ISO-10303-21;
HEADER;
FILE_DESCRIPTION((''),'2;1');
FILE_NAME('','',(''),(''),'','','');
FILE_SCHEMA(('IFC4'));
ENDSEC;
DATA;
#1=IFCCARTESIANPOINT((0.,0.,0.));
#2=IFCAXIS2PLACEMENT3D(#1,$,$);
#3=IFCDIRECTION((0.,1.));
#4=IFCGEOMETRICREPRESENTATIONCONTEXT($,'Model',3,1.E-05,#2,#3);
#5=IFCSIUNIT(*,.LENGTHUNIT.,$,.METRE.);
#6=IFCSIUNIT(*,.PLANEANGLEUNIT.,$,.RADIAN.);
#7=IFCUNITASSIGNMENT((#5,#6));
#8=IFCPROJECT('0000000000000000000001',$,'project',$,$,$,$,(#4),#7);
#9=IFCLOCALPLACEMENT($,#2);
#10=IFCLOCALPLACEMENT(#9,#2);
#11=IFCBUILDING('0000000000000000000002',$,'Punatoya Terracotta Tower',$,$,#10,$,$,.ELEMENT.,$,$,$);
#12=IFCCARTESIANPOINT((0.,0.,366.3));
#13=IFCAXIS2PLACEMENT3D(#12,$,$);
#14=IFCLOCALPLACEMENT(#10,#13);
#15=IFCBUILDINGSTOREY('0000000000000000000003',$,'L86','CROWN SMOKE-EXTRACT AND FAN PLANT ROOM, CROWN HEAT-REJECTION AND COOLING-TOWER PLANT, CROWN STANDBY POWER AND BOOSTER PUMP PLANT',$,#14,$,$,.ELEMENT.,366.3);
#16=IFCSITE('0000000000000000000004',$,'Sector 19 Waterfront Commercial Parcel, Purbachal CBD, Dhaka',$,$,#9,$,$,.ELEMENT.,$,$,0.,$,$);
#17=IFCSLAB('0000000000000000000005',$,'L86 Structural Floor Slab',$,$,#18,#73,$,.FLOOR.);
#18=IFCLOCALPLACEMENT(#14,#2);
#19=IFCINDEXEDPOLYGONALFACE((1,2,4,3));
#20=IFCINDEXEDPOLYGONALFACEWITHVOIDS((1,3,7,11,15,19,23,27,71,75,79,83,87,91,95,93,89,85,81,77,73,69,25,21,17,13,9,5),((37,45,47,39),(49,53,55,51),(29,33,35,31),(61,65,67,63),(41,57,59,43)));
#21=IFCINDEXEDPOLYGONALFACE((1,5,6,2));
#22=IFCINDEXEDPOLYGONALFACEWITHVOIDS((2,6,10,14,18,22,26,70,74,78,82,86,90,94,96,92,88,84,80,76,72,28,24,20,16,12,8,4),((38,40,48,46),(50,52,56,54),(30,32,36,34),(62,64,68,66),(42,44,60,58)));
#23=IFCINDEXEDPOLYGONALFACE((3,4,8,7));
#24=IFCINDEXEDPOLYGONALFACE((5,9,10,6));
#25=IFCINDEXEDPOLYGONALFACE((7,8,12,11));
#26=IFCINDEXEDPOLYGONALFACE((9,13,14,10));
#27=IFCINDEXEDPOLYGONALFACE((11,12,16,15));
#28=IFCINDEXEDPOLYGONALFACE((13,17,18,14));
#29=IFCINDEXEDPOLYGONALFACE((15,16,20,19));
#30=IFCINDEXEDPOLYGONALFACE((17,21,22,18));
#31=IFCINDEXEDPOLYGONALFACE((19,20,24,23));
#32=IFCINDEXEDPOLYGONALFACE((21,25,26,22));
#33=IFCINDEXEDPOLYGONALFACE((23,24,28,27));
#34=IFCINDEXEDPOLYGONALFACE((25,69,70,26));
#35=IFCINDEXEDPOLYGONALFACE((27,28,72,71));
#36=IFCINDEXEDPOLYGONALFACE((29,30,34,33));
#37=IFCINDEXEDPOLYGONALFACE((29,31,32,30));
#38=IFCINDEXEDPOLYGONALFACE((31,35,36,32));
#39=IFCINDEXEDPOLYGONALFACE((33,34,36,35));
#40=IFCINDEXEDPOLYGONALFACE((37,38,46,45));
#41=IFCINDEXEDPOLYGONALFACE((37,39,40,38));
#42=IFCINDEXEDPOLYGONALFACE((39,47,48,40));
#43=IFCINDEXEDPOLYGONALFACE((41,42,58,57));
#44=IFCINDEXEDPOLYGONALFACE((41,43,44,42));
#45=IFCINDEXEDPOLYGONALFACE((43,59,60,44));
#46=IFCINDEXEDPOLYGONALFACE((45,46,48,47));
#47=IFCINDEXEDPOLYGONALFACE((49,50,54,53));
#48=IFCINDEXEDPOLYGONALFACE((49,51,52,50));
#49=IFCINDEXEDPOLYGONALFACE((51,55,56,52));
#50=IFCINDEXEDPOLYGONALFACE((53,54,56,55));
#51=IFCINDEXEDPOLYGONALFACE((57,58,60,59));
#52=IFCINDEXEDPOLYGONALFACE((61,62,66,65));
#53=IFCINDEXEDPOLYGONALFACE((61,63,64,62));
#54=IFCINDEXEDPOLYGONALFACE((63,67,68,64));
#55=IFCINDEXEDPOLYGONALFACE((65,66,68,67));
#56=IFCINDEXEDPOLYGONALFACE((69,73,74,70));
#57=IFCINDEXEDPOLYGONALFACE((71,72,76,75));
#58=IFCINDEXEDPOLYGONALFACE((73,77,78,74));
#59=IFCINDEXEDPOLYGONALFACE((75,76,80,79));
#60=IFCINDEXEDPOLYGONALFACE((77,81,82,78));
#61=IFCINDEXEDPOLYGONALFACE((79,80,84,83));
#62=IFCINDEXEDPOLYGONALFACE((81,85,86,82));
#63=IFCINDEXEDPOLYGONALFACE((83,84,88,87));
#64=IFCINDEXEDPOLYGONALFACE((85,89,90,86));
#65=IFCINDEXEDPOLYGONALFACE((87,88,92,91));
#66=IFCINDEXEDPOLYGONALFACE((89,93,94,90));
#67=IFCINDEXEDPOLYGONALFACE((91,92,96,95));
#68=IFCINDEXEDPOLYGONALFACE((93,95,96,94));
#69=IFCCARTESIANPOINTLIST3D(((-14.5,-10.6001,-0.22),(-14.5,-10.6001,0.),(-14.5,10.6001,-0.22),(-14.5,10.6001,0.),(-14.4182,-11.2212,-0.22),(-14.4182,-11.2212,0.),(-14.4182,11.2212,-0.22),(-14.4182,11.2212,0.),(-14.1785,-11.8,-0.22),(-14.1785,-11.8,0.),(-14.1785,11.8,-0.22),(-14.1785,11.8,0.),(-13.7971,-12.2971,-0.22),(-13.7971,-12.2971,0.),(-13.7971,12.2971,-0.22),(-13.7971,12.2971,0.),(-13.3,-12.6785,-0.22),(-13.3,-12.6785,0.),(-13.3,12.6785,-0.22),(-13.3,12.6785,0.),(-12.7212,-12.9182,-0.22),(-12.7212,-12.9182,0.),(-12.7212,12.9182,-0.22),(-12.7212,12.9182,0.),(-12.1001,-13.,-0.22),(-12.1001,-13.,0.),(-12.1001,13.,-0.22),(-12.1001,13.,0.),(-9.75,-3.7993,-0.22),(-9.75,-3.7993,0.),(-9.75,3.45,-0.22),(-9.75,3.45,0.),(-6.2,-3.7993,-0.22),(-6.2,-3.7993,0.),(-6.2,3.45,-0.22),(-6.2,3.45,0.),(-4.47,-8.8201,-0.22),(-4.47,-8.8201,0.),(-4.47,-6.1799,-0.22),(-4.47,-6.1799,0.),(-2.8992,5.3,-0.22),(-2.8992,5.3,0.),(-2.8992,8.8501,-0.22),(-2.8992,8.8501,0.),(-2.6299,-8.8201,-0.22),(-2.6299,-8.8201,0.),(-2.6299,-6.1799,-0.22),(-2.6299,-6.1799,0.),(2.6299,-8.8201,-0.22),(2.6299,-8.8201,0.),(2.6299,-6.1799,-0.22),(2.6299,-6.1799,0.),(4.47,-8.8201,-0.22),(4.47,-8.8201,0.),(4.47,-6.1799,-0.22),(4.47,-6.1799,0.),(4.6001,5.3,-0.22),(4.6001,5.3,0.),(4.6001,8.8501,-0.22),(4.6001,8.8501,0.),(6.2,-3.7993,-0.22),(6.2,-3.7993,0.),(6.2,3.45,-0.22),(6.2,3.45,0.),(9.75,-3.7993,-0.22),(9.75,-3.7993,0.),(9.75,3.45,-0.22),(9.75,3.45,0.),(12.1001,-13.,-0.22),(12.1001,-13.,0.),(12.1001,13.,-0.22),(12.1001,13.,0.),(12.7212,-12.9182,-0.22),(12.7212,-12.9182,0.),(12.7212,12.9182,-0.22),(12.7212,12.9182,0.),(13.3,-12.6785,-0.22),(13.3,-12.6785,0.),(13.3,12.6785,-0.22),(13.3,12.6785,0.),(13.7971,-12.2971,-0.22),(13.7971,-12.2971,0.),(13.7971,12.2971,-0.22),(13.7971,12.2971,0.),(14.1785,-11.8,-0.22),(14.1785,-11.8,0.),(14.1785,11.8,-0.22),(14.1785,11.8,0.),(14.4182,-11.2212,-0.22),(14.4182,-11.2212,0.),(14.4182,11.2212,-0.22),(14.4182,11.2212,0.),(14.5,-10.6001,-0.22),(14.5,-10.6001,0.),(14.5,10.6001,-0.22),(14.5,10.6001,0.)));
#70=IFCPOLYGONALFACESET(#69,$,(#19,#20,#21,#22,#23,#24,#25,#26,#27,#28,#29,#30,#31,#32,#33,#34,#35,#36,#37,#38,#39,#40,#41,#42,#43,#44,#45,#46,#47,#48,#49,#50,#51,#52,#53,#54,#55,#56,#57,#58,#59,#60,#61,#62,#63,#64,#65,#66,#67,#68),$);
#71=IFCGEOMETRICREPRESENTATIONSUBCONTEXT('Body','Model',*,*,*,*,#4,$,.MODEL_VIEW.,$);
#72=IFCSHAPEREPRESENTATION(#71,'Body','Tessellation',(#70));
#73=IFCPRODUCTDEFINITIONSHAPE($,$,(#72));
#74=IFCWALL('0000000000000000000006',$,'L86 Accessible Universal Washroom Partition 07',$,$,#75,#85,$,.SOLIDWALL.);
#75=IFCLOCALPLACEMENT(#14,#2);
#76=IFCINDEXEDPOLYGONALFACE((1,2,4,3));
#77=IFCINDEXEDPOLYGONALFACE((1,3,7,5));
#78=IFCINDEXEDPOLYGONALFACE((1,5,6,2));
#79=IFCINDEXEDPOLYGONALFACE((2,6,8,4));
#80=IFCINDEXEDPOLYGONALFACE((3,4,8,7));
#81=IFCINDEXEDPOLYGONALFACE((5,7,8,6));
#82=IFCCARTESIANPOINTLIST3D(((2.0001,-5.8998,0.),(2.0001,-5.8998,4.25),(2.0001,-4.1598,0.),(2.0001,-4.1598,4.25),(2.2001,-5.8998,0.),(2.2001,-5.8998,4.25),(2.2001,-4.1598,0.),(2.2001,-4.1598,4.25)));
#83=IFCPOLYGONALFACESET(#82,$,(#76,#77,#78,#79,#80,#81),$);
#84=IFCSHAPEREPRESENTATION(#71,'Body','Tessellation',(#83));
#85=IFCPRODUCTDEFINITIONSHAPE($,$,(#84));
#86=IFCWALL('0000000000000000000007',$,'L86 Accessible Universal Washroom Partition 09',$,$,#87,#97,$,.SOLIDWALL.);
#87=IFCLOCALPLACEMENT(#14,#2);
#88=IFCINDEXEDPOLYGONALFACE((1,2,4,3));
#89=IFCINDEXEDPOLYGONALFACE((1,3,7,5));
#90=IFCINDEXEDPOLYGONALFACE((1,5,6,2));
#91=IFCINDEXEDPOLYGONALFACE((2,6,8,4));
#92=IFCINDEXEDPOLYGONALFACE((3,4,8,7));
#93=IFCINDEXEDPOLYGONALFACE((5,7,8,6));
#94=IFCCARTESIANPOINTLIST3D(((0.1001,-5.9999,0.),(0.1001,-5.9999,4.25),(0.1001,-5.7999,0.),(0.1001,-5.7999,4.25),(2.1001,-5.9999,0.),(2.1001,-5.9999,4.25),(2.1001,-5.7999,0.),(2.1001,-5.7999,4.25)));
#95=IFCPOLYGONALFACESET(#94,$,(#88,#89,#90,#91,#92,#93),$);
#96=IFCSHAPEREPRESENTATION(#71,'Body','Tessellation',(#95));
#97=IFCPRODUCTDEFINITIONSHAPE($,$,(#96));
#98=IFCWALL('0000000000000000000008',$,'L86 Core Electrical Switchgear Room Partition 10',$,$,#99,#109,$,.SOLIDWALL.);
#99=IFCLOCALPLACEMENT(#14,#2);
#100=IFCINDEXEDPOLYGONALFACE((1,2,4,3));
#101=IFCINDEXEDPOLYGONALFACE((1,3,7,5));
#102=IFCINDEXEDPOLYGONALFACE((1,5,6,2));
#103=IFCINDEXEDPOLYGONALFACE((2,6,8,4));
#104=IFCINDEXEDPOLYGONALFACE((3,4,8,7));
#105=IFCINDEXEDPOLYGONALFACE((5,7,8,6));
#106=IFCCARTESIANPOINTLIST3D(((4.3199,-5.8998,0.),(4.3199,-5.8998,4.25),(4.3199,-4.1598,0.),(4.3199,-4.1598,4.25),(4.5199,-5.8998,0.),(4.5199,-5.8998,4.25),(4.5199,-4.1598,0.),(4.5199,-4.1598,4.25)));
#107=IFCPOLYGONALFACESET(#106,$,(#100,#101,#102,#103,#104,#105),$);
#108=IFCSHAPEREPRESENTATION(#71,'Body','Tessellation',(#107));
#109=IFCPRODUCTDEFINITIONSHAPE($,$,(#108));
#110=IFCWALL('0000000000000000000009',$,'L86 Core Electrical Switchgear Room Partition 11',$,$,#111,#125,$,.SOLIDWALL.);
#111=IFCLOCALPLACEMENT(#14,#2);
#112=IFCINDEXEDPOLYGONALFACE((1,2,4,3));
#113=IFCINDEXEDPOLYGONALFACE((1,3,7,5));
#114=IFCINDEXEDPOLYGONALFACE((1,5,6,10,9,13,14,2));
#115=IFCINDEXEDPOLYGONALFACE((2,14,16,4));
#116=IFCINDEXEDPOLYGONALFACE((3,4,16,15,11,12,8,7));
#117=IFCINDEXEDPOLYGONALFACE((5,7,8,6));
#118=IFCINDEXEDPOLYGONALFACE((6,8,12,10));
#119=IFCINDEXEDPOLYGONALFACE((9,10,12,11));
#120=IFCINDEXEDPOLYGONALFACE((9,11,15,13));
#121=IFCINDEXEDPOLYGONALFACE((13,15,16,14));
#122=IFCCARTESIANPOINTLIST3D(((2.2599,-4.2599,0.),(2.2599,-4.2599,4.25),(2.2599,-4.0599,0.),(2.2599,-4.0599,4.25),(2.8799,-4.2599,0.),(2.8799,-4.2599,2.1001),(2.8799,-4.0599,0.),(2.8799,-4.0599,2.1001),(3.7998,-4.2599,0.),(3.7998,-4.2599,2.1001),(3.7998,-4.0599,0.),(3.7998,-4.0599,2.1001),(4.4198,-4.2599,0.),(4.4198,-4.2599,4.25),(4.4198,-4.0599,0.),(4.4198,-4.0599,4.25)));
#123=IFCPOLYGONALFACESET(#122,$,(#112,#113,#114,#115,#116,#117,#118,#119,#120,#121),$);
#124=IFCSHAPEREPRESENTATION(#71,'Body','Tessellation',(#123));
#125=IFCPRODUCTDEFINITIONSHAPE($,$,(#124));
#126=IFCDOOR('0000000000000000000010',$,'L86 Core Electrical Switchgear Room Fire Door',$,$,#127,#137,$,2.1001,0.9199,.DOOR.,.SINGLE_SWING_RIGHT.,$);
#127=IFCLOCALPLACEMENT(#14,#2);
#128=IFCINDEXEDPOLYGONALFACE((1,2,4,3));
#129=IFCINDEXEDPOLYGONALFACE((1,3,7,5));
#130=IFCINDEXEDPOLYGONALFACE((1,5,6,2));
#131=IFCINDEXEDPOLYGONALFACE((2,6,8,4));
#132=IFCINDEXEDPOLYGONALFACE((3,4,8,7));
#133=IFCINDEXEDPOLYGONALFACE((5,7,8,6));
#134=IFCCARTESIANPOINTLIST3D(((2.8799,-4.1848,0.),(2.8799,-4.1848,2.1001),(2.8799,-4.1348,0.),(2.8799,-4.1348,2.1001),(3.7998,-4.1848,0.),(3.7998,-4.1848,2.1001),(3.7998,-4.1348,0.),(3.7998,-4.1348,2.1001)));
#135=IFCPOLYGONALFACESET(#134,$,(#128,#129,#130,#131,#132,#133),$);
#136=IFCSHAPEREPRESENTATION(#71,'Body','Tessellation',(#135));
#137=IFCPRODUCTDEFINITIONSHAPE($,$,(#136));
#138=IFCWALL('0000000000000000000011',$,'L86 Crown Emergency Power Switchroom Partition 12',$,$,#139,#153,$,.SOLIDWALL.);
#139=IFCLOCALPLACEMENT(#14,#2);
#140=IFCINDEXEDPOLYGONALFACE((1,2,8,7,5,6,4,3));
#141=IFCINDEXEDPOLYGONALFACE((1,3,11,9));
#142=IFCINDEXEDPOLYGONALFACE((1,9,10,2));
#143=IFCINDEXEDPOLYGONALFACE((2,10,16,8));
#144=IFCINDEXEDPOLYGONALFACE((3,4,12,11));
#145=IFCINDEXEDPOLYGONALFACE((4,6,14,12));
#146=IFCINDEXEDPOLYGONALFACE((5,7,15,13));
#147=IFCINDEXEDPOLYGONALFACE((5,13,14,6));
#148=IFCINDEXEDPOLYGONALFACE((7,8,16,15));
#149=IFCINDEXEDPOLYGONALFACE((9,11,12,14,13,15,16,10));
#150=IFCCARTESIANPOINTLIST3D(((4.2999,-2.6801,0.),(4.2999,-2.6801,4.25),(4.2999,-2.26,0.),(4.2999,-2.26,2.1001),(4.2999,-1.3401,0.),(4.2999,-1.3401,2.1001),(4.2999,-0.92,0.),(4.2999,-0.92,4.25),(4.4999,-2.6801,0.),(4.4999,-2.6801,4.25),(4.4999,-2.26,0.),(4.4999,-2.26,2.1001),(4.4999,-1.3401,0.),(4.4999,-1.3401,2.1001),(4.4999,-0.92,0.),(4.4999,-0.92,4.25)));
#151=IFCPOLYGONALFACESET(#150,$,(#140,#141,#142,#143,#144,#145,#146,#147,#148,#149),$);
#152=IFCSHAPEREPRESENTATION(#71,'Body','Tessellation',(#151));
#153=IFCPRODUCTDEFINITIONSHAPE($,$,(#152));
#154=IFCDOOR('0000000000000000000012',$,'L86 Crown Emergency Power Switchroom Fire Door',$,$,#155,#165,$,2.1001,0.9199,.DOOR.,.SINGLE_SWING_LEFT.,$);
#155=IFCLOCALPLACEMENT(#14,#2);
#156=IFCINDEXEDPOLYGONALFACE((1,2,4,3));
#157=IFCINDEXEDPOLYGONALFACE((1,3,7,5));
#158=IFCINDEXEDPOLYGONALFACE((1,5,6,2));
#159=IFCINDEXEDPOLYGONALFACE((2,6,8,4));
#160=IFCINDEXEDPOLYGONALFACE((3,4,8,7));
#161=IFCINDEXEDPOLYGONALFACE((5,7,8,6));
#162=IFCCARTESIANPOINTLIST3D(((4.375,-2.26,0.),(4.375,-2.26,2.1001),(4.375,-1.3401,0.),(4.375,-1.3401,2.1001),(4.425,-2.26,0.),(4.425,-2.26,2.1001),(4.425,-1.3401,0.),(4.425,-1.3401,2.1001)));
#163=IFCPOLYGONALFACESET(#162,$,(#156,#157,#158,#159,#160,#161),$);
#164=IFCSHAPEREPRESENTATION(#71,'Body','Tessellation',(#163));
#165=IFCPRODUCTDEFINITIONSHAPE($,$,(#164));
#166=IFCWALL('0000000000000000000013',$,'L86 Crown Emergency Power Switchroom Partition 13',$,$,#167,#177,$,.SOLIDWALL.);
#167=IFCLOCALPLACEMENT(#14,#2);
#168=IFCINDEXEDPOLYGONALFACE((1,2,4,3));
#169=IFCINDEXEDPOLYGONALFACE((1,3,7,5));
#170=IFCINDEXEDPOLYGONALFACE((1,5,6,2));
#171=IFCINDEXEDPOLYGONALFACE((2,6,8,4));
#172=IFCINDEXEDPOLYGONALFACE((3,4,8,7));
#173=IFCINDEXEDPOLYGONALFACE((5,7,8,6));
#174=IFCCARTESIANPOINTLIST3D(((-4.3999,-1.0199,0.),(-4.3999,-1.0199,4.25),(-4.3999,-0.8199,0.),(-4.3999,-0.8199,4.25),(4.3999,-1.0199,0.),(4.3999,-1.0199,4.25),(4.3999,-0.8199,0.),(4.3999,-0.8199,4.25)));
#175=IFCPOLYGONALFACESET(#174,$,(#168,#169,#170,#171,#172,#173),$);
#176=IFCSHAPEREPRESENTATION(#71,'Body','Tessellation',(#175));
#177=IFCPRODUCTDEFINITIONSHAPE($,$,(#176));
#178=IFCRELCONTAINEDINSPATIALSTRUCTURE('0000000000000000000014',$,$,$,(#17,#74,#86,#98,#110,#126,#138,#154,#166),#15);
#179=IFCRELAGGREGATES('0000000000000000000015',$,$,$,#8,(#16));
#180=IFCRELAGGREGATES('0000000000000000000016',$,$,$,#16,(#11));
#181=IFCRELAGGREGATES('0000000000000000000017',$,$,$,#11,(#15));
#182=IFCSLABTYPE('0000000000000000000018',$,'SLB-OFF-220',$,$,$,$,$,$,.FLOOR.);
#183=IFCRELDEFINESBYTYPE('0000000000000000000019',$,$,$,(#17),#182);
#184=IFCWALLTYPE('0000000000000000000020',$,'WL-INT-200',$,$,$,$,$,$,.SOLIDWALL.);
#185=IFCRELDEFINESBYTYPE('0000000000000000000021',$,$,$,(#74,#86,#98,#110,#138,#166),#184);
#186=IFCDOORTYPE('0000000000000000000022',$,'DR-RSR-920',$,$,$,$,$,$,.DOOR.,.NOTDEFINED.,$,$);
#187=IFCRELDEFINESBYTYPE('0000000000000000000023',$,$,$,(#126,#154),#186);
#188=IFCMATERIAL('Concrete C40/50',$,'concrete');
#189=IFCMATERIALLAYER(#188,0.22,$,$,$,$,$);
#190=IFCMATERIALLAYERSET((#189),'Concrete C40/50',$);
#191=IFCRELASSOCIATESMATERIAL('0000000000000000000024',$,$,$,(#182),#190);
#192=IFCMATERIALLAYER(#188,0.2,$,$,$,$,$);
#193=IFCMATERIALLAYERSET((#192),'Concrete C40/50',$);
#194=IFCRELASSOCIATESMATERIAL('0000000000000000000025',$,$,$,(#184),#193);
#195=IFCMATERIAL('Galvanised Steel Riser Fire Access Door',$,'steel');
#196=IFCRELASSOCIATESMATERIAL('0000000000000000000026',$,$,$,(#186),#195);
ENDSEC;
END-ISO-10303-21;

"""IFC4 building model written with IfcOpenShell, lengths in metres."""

from ifc_helpers import new_model, si_unit, direction, frame, frame_2d, origin, place, context, subcontext, project, spatial, polyline, rectangle, outline, extrude, material, layer, layer_set, type_object, element, fill, save


model = new_model("IFC4")

# Units and contexts
model_context = context("Model", 3, precision=1e-05, world=origin(), true_north=direction((0.0, 1.0)))
body_context = subcontext(model_context, "Body", "Model", "MODEL_VIEW")
ifc_project = project(units=[si_unit("LENGTHUNIT", "METRE"), si_unit("PLANEANGLEUNIT", "RADIAN")], contexts=[model_context])

# Site, building, storey
site_placement = place(None, origin())
site = spatial("IfcSite", under=ifc_project, at=site_placement, Name="Sector 19 Waterfront Commercial Parcel, Purbachal CBD, Dhaka", CompositionType="ELEMENT", RefElevation=0.0)
building_placement = place(site_placement, origin())
building = spatial("IfcBuilding", under=site, at=building_placement, Name="Punatoya Terracotta Tower", CompositionType="ELEMENT")
storey_placement = place(building_placement, frame((0.0, 0.0, 366.3)))
storey = spatial("IfcBuildingStorey", under=building, at=storey_placement, Name="L86", Description="CROWN SMOKE-EXTRACT AND FAN PLANT ROOM, CROWN HEAT-REJECTION AND COOLING-TOWER PLANT, CROWN STANDBY POWER AND BOOSTER PUMP PLANT", CompositionType="ELEMENT", Elevation=366.3)

# Shared definitions
ifc_material_1 = material(Name="Concrete C40/50", Category="concrete")

# Slab
ifc_layer_1 = layer(ifc_material_1, 0.22)
ifc_layer_set_1 = layer_set([ifc_layer_1], Name="Concrete C40/50")
slab_type_1 = type_object("IfcSlabType", Name="SLB-OFF-220", PredefinedType="FLOOR", material=ifc_layer_set_1)
slab_1_placement = place(storey_placement, frame((0.0, 0.0, -0.22)))
element("IfcSlab", 1, at=slab_1_placement, inside=storey, type_object=slab_type_1, Name="L86 Structural Floor Slab", PredefinedType="FLOOR", context=body_context, shape_type="SweptSolid", body=[
    extrude(outline(polyline([(-12.1001, -13.0), (-12.7212, -12.9182), (-13.3, -12.6785), (-13.7971, -12.2971), (-14.1785, -11.8), (-14.4182, -11.2212), (-14.5, -10.6001), (-14.5, 10.6001), (-14.4182, 11.2212), (-14.1785, 11.8), (-13.7971, 12.2971), (-13.3, 12.6785), (-12.7212, 12.9182), (-12.1001, 13.0), (12.1001, 13.0), (12.7212, 12.9182), (13.3, 12.6785), (13.7971, 12.2971), (14.1785, 11.8), (14.4182, 11.2212), (14.5, 10.6001), (14.5, -10.6001), (14.4182, -11.2212), (14.1785, -11.8), (13.7971, -12.2971), (13.3, -12.6785), (12.7212, -12.9182), (12.1001, -13.0), (-12.1001, -13.0)]), holes=[polyline([(-4.47, -6.1799), (-4.47, -8.8201), (-2.6299, -8.8201), (-2.6299, -6.1799), (-4.47, -6.1799)]), polyline([(2.6299, -6.1799), (2.6299, -8.8201), (4.47, -8.8201), (4.47, -6.1799), (2.6299, -6.1799)]), polyline([(-9.75, -3.7993), (-6.2, -3.7993), (-6.2, 3.45), (-9.75, 3.45), (-9.75, -3.7993)]), polyline([(6.2, 3.45), (6.2, -3.7993), (9.75, -3.7993), (9.75, 3.45), (6.2, 3.45)]), polyline([(4.6001, 8.8501), (-2.8992, 8.8501), (-2.8992, 5.3), (4.6001, 5.3), (4.6001, 8.8501)])]), origin(), (0.0, 0.0, 1.0), 0.22),
])

# Shared definitions
ifc_layer_2 = layer(ifc_material_1, 0.2)
ifc_layer_set_2 = layer_set([ifc_layer_2], Name="Concrete C40/50")
wall_type_1 = type_object("IfcWallType", Name="WL-INT-200", PredefinedType="SOLIDWALL", material=ifc_layer_set_2)

# Wall
wall_1_placement = place(storey_placement, frame((2.1001, -5.8999, 0.0), z_axis=(0.0, 0.0, 1.0), x_axis=(0.0, 1.0, 0.0)))
element("IfcWall", 2, at=wall_1_placement, inside=storey, type_object=wall_type_1, Name="L86 Accessible Universal Washroom Partition 07", PredefinedType="SOLIDWALL", context=body_context, shape_type="SweptSolid", body=[
    extrude(rectangle(XDim=1.74, YDim=0.2, at=frame_2d((0.8701, 0.0))), origin(), (0.0, 0.0, 1.0), 4.25),
])

# Walls
wall_2_placement = place(storey_placement, frame((0.1001, -5.8999, 0.0), z_axis=(0.0, 0.0, 1.0), x_axis=(1.0, 0.0, 0.0)))
element("IfcWall", 3, at=wall_2_placement, inside=storey, type_object=wall_type_1, Name="L86 Accessible Universal Washroom Partition 09", PredefinedType="SOLIDWALL", context=body_context, shape_type="SweptSolid", body=[
    extrude(rectangle(XDim=2.0, YDim=0.2, at=frame_2d((1.0, 0.0))), origin(), (0.0, 0.0, 1.0), 4.25),
])
wall_3_placement = place(storey_placement, frame((4.4199, -5.8999, 0.0), z_axis=(0.0, 0.0, 1.0), x_axis=(0.0, 1.0, 0.0)))
element("IfcWall", 4, at=wall_3_placement, inside=storey, type_object=wall_type_1, Name="L86 Core Electrical Switchgear Room Partition 10", PredefinedType="SOLIDWALL", context=body_context, shape_type="SweptSolid", body=[
    extrude(rectangle(XDim=1.74, YDim=0.2, at=frame_2d((0.8701, 0.0))), origin(), (0.0, 0.0, 1.0), 4.25),
])

# Walls, openings, doors
wall_4_placement = place(storey_placement, frame((4.4199, -4.1599, 0.0), z_axis=(0.0, 0.0, 1.0), x_axis=(-1.0, 0.0, 0.0)))
wall_4 = element("IfcWall", 5, at=wall_4_placement, inside=storey, type_object=wall_type_1, Name="L86 Core Electrical Switchgear Room Partition 11", PredefinedType="SOLIDWALL", context=body_context, shape_type="SweptSolid", body=[
    extrude(rectangle(XDim=2.1599, YDim=0.2, at=frame_2d((1.0801, 0.0))), origin(), (0.0, 0.0, 1.0), 4.25),
])
opening_1_placement = place(wall_4_placement, frame((0.6201, 0.0, 0.0)))
opening_1 = element("IfcOpeningElement", 6, at=opening_1_placement, cuts=wall_4, PredefinedType="OPENING", context=body_context, shape_type="SweptSolid", body=[
    extrude(rectangle(XDim=0.9199, YDim=2.1001, at=frame_2d((0.46, 1.05))), frame((0.0, 0.1099, 0.0), z_axis=(0.0, -1.0, 0.0), x_axis=(1.0, 0.0, 0.0)), (0.0, 0.0, 1.0), 0.22),
])
ifc_material_2 = material(Name="Galvanised Steel Riser Fire Access Door", Category="steel")
door_type_1 = type_object("IfcDoorType", Name="DR-RSR-920", OperationType="NOTDEFINED", PredefinedType="DOOR", material=ifc_material_2)
door_1_placement = place(opening_1_placement, origin())
door_1 = element("IfcDoor", 7, at=door_1_placement, inside=storey, type_object=door_type_1, Name="L86 Core Electrical Switchgear Room Fire Door", OperationType="SINGLE_SWING_RIGHT", OverallHeight=2.1001, OverallWidth=0.9199, PredefinedType="DOOR", context=body_context, shape_type="SweptSolid", body=[
    extrude(rectangle(XDim=0.9199, YDim=2.1001, at=frame_2d((0.46, 1.05))), frame((0.0, 0.0249, 0.0), z_axis=(0.0, -1.0, 0.0), x_axis=(1.0, 0.0, 0.0)), (0.0, 0.0, 1.0), 0.05),
])
fill(opening_1, door_1)
wall_5_placement = place(storey_placement, frame((4.3999, -2.6799, 0.0), z_axis=(0.0, 0.0, 1.0), x_axis=(0.0, 1.0, 0.0)))
wall_5 = element("IfcWall", 8, at=wall_5_placement, inside=storey, type_object=wall_type_1, Name="L86 Crown Emergency Power Switchroom Partition 12", PredefinedType="SOLIDWALL", context=body_context, shape_type="SweptSolid", body=[
    extrude(rectangle(XDim=1.76, YDim=0.2, at=frame_2d((0.8799, 0.0))), origin(), (0.0, 0.0, 1.0), 4.25),
])
opening_2_placement = place(wall_5_placement, frame((0.4199, 0.0, 0.0)))
opening_2 = element("IfcOpeningElement", 9, at=opening_2_placement, cuts=wall_5, PredefinedType="OPENING", context=body_context, shape_type="SweptSolid", body=[
    extrude(rectangle(XDim=0.9199, YDim=2.1001, at=frame_2d((0.46, 1.05))), frame((0.0, 0.1099, 0.0), z_axis=(0.0, -1.0, 0.0), x_axis=(1.0, 0.0, 0.0)), (0.0, 0.0, 1.0), 0.22),
])
door_2_placement = place(opening_2_placement, origin())
door_2 = element("IfcDoor", 10, at=door_2_placement, inside=storey, type_object=door_type_1, Name="L86 Crown Emergency Power Switchroom Fire Door", OperationType="SINGLE_SWING_LEFT", OverallHeight=2.1001, OverallWidth=0.9199, PredefinedType="DOOR", context=body_context, shape_type="SweptSolid", body=[
    extrude(rectangle(XDim=0.9199, YDim=2.1001, at=frame_2d((0.46, 1.05))), frame((0.0, 0.0249, 0.0), z_axis=(0.0, -1.0, 0.0), x_axis=(1.0, 0.0, 0.0)), (0.0, 0.0, 1.0), 0.05),
])
fill(opening_2, door_2)

# Wall
wall_6_placement = place(storey_placement, frame((4.3999, -0.9199, 0.0), z_axis=(0.0, 0.0, 1.0), x_axis=(-1.0, 0.0, 0.0)))
element("IfcWall", 11, at=wall_6_placement, inside=storey, type_object=wall_type_1, Name="L86 Crown Emergency Power Switchroom Partition 13", PredefinedType="SOLIDWALL", context=body_context, shape_type="SweptSolid", body=[
    extrude(rectangle(XDim=8.7998, YDim=0.2, at=frame_2d((4.3999, 0.0))), origin(), (0.0, 0.0, 1.0), 4.25),
])

save(model, "model.ifc")
